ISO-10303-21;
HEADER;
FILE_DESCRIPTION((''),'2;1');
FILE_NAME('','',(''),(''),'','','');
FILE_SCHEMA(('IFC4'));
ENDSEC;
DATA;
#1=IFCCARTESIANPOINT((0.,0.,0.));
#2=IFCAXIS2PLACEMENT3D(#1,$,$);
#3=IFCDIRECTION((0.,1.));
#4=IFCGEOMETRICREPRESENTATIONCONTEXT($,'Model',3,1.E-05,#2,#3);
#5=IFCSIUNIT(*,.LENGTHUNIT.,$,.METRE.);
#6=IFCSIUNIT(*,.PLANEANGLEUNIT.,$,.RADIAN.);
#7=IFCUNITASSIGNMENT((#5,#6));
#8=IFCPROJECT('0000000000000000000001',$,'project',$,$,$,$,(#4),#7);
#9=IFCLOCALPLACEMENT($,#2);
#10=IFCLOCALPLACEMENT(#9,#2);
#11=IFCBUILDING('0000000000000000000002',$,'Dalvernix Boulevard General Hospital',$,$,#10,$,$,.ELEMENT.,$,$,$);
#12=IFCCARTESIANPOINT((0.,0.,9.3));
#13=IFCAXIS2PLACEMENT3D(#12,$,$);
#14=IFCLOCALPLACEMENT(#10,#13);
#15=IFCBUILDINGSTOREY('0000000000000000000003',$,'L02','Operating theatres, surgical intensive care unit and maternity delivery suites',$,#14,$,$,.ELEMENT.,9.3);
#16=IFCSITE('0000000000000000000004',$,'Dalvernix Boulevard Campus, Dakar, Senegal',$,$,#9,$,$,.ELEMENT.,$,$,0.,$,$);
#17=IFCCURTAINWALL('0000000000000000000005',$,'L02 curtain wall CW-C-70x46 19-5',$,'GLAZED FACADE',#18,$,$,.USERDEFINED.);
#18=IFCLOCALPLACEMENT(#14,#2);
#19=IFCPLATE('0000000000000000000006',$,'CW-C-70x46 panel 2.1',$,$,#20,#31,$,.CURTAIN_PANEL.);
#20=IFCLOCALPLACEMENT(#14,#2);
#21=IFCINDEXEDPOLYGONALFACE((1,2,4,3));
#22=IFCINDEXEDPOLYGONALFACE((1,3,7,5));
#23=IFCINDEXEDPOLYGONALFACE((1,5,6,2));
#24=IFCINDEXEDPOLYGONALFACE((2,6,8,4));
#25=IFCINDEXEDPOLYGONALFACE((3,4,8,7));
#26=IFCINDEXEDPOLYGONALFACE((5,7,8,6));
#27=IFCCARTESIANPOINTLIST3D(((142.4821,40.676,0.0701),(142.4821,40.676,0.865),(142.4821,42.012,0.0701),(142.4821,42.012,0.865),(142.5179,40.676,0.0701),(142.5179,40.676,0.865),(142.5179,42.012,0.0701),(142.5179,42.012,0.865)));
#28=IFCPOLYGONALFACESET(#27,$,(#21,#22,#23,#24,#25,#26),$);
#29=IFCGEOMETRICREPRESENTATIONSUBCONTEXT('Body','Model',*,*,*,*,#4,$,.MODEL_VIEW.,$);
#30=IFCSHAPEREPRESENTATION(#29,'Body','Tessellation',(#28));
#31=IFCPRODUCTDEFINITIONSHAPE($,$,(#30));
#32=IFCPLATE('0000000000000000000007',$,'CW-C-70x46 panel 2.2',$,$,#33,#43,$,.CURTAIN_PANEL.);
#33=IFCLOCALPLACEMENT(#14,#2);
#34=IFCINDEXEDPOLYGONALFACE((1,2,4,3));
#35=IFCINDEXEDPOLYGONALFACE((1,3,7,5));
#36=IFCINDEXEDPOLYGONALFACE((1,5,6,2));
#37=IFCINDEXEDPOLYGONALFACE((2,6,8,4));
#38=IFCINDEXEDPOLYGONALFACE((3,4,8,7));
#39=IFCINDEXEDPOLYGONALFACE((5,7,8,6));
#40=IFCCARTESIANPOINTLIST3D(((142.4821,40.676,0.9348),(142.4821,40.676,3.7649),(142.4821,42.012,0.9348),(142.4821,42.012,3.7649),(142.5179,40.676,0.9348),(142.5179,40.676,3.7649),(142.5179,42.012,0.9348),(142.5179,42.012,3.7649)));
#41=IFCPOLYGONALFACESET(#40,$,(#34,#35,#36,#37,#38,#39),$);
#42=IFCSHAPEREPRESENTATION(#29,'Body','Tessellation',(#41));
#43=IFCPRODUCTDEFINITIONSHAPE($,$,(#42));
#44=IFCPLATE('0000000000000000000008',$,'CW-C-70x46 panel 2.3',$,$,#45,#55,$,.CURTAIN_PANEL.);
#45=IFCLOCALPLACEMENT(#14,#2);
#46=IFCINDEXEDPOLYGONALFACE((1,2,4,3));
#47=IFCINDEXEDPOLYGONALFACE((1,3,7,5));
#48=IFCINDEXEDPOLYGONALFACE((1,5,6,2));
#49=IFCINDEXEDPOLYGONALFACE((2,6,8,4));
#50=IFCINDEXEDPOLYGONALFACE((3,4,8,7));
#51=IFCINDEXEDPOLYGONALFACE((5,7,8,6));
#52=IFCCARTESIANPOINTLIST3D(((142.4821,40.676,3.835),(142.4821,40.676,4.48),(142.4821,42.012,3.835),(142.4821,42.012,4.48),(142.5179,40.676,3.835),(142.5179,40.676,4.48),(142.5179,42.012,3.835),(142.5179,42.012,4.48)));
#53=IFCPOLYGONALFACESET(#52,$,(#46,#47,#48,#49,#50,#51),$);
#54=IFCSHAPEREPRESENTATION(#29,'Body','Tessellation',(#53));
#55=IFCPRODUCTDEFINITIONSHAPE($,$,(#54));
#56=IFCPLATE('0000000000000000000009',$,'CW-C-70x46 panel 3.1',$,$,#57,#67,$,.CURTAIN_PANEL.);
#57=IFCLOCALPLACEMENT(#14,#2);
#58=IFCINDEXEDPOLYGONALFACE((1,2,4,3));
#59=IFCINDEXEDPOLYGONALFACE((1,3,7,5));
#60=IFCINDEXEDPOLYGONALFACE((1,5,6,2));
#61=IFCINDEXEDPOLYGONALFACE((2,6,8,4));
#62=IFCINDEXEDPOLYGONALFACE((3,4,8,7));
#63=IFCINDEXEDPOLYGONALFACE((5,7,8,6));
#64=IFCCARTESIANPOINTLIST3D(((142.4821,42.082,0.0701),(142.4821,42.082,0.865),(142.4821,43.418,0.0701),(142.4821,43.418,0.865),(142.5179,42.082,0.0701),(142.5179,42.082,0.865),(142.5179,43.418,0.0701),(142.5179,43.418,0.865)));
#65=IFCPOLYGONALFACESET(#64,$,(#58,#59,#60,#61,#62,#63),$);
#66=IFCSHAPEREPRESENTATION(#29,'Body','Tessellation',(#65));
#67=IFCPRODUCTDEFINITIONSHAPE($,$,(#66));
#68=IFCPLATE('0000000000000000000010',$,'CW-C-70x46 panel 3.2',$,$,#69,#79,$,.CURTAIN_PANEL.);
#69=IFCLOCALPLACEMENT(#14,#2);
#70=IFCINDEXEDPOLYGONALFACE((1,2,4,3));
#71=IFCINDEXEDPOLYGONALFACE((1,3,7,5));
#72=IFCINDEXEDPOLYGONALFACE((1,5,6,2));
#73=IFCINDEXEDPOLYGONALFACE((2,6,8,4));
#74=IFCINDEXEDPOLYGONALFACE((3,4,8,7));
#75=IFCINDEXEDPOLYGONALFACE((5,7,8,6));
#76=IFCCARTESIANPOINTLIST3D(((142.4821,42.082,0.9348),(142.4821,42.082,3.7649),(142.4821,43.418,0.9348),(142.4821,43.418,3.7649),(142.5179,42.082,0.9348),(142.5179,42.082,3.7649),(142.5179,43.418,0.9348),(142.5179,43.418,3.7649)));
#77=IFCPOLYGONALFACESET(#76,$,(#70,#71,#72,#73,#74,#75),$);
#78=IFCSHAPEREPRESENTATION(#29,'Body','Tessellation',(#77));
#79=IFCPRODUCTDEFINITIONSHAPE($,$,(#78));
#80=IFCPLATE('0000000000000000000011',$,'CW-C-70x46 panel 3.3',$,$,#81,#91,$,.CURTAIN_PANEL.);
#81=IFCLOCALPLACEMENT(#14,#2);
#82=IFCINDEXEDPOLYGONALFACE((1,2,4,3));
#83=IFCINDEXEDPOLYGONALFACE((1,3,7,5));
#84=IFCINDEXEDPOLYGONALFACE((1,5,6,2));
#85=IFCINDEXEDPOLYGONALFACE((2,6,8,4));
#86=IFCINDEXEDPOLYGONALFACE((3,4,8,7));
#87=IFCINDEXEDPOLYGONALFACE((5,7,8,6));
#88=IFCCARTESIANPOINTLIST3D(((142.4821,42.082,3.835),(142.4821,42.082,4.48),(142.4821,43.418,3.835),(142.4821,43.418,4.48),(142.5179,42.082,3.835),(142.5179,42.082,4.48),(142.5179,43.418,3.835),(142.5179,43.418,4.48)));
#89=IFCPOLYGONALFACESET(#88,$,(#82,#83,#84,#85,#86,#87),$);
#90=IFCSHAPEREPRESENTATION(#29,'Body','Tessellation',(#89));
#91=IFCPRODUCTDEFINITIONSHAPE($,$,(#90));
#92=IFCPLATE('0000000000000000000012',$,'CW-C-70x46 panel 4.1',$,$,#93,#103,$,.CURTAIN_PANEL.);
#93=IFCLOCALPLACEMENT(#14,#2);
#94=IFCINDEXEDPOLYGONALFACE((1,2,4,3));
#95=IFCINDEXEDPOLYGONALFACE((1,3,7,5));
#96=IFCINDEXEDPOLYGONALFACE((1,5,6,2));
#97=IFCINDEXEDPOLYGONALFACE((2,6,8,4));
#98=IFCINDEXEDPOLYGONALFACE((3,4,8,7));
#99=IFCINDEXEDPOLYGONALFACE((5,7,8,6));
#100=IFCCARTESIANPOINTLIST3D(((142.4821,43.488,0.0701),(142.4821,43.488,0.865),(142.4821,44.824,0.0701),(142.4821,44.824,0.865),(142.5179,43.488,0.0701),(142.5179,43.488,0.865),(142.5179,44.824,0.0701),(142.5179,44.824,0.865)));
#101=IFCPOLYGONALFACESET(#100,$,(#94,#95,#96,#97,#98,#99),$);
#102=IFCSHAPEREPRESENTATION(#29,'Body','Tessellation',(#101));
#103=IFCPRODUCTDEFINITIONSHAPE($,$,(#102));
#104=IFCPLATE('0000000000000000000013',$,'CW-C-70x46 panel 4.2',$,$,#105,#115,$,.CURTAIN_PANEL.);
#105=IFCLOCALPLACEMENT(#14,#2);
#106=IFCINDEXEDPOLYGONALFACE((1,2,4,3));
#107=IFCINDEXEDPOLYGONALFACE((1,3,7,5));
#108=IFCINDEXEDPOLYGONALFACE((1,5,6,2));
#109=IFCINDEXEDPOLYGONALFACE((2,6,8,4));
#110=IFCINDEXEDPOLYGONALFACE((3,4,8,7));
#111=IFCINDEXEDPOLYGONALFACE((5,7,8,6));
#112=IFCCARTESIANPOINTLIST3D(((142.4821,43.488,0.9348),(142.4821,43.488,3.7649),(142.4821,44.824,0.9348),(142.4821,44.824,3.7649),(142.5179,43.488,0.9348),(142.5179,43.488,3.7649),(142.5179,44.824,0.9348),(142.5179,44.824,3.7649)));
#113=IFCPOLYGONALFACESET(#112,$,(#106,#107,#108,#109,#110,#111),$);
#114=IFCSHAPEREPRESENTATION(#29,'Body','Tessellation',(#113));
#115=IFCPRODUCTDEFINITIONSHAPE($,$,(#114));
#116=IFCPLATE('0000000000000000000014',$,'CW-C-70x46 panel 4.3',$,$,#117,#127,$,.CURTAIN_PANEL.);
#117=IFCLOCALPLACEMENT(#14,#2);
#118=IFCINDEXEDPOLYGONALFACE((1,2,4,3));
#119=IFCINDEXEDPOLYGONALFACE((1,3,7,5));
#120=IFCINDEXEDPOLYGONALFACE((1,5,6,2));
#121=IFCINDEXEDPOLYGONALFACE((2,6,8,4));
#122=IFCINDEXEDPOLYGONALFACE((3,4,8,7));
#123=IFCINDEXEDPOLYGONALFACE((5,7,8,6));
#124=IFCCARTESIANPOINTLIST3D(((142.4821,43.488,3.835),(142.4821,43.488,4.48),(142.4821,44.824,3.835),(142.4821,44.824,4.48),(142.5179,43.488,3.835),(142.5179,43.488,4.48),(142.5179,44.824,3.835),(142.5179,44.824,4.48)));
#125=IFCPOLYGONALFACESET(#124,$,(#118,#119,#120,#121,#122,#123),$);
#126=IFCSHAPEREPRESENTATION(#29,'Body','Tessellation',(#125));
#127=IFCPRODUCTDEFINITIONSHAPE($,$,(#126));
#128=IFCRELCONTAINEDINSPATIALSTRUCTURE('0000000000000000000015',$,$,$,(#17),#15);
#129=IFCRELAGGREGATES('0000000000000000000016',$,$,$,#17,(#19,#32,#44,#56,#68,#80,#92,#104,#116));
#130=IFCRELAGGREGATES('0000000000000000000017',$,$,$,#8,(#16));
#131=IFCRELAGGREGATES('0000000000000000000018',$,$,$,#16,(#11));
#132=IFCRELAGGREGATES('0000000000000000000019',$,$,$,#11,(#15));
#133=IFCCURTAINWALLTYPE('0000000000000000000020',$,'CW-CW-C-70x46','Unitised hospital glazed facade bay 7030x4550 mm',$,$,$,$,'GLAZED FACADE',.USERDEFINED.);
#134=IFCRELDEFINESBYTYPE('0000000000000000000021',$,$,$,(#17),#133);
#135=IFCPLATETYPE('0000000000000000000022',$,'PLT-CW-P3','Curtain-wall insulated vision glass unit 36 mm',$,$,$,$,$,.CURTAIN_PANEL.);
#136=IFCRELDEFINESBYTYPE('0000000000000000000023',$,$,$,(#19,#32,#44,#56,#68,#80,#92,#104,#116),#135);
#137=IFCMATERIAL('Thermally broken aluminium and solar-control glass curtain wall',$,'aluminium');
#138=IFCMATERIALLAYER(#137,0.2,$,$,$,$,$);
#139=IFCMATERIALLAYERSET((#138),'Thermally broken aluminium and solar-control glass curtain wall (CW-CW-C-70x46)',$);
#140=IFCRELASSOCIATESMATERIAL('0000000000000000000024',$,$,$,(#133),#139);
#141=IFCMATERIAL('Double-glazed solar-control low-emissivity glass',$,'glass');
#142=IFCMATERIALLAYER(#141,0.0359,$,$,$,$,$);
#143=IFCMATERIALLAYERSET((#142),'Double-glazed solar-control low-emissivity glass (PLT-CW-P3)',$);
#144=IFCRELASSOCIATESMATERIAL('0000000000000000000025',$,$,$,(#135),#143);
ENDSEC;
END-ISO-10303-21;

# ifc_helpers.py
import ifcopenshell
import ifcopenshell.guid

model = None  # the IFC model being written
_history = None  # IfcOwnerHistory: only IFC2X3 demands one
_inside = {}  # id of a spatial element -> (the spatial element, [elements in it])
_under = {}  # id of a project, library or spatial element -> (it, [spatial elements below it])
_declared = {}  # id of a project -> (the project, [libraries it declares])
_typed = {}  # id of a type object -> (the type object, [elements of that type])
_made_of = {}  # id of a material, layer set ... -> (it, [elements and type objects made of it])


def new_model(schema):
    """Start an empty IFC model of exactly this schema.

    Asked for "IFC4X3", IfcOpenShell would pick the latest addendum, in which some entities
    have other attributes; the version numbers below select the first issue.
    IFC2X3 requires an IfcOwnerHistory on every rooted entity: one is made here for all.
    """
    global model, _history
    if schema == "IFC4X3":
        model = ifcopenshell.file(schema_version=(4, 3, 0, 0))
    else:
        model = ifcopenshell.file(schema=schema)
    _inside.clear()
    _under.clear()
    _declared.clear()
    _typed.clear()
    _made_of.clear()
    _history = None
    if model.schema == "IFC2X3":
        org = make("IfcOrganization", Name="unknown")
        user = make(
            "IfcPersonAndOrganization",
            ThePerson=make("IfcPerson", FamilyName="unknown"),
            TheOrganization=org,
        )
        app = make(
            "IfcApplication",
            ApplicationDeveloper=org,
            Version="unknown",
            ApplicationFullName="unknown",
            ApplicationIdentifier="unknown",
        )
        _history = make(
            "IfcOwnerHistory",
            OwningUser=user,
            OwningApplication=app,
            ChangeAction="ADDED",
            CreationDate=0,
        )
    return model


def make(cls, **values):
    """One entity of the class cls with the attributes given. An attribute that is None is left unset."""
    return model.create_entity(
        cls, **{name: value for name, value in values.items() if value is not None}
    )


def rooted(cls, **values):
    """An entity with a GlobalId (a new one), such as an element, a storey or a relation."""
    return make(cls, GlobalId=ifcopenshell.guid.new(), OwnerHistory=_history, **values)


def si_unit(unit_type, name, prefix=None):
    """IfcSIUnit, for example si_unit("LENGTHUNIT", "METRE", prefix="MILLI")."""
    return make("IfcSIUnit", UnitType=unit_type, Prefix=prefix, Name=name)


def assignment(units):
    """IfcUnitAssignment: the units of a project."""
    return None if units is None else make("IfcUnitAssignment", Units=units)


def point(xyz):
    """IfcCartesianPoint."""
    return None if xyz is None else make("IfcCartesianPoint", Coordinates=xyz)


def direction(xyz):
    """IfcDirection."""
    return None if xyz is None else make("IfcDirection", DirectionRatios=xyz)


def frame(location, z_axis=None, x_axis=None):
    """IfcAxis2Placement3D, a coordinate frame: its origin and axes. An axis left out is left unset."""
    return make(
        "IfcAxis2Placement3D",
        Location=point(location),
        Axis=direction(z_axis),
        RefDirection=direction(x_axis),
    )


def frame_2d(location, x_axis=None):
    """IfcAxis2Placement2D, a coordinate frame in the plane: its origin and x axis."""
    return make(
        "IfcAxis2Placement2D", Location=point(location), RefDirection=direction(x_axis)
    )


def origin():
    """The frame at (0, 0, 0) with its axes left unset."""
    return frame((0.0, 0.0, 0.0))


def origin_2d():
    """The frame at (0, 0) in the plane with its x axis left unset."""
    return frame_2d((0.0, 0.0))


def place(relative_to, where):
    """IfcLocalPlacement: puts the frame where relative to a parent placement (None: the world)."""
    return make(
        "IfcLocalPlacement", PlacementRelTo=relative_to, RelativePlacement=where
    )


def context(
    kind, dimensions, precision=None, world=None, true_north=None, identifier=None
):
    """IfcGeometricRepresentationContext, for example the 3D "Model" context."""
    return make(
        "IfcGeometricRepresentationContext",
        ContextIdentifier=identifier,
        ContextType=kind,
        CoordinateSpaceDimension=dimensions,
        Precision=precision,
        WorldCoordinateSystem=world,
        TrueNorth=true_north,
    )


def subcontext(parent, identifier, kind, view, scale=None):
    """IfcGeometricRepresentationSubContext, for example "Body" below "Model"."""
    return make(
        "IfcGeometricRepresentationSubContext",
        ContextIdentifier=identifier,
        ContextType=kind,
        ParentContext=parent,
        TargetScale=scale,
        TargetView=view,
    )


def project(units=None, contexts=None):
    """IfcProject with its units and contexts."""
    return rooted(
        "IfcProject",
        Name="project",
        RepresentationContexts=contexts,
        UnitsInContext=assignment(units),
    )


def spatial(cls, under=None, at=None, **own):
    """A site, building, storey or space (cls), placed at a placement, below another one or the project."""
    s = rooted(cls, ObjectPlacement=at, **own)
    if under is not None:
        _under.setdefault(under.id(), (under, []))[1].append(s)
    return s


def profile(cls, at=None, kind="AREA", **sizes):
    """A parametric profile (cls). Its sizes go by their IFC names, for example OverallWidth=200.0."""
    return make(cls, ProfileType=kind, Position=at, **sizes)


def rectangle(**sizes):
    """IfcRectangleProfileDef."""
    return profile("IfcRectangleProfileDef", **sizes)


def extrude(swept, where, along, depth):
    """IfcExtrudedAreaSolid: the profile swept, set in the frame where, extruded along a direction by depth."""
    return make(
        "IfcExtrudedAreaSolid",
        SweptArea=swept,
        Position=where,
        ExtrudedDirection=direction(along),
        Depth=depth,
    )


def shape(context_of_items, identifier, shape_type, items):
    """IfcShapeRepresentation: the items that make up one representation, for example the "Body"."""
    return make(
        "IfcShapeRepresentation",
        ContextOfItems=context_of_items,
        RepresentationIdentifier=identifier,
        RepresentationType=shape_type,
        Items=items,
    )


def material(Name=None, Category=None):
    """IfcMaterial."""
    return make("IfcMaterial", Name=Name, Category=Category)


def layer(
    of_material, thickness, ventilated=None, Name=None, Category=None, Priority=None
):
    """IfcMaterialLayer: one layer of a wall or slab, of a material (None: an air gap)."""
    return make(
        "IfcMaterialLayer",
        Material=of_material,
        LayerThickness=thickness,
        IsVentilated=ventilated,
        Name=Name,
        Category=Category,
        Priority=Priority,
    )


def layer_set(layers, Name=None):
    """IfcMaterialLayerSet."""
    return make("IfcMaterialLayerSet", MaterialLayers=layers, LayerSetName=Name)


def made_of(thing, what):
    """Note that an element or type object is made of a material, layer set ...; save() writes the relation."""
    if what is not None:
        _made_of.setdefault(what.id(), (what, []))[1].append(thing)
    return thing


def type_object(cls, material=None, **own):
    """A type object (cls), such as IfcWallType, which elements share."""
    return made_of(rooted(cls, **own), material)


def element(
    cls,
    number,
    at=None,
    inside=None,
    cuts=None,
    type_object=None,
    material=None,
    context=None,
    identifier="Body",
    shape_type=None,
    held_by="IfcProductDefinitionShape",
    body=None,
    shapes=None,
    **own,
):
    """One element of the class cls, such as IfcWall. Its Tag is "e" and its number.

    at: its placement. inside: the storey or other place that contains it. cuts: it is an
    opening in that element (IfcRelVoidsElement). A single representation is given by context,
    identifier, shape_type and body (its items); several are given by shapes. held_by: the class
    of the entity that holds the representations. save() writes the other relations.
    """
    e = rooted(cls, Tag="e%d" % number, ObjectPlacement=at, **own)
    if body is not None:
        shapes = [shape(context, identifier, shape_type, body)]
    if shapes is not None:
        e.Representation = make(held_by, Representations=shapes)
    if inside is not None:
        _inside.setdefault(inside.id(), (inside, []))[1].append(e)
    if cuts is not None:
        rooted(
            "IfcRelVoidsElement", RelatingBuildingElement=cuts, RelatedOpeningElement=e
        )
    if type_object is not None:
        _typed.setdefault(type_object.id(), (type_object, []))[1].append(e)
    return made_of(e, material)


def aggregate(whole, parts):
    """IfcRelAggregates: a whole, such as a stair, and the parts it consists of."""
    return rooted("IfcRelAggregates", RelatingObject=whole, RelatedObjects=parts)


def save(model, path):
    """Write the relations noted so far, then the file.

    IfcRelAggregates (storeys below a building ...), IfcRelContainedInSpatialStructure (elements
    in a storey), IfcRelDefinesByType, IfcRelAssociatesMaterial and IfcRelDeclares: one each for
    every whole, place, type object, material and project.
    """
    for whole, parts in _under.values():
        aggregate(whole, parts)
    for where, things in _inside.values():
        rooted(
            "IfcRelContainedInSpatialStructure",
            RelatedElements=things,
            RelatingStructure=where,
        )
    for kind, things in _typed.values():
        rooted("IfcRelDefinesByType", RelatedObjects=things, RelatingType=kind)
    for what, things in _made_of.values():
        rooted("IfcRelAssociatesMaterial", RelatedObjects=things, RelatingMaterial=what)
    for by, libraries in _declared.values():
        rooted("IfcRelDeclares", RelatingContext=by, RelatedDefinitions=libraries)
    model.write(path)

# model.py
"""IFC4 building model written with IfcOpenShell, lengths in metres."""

from ifc_helpers import new_model, si_unit, direction, frame, origin, origin_2d, place, context, subcontext, project, spatial, rectangle, extrude, material, layer, layer_set, type_object, element, aggregate, save


model = new_model("IFC4")

# Units and contexts
model_context = context("Model", 3, precision=1e-05, world=origin(), true_north=direction((0.0, 1.0)))
body_context = subcontext(model_context, "Body", "Model", "MODEL_VIEW")
ifc_project = project(units=[si_unit("LENGTHUNIT", "METRE"), si_unit("PLANEANGLEUNIT", "RADIAN")], contexts=[model_context])

# Site, building, storey
site_placement = place(None, origin())
site = spatial("IfcSite", under=ifc_project, at=site_placement, Name="Dalvernix Boulevard Campus, Dakar, Senegal", CompositionType="ELEMENT", RefElevation=0.0)
building_placement = place(site_placement, origin())
building = spatial("IfcBuilding", under=site, at=building_placement, Name="Dalvernix Boulevard General Hospital", CompositionType="ELEMENT")
storey_placement = place(building_placement, frame((0.0, 0.0, 9.3)))
storey = spatial("IfcBuildingStorey", under=building, at=storey_placement, Name="L02", Description="Operating theatres, surgical intensive care unit and maternity delivery suites", CompositionType="ELEMENT", Elevation=9.3)

# Curtain wall, plates
ifc_material_1 = material(Name="Thermally broken aluminium and solar-control glass curtain wall", Category="aluminium")
ifc_layer_1 = layer(ifc_material_1, 0.2)
ifc_layer_set_1 = layer_set([ifc_layer_1], Name="Thermally broken aluminium and solar-control glass curtain wall (CW-CW-C-70x46)")
curtain_wall_type = type_object("IfcCurtainWallType", Name="CW-CW-C-70x46", Description="Unitised hospital glazed facade bay 7030x4550 mm", ElementType="GLAZED FACADE", PredefinedType="USERDEFINED", material=ifc_layer_set_1)
curtain_wall_placement = place(storey_placement, origin())
curtain_wall = element("IfcCurtainWall", 1, at=curtain_wall_placement, inside=storey, type_object=curtain_wall_type, Name="L02 curtain wall CW-C-70x46 19-5", ObjectType="GLAZED FACADE", PredefinedType="USERDEFINED")
ifc_material_2 = material(Name="Double-glazed solar-control low-emissivity glass", Category="glass")
ifc_layer_2 = layer(ifc_material_2, 0.0359)
ifc_layer_set_2 = layer_set([ifc_layer_2], Name="Double-glazed solar-control low-emissivity glass (PLT-CW-P3)")
plate_type = type_object("IfcPlateType", Name="PLT-CW-P3", Description="Curtain-wall insulated vision glass unit 36 mm", PredefinedType="CURTAIN_PANEL", material=ifc_layer_set_2)
plate_1_placement = place(storey_placement, frame((142.5, 41.344, 0.0701), z_axis=(0.0, 0.0, 1.0), x_axis=(0.0, 1.0, 0.0)))
plate_1 = element("IfcPlate", 2, at=plate_1_placement, type_object=plate_type, Name="CW-C-70x46 panel 2.1", PredefinedType="CURTAIN_PANEL", context=body_context, shape_type="SweptSolid", body=[
    extrude(rectangle(XDim=1.3359, YDim=0.0359, at=origin_2d()), origin(), (0.0, 0.0, 1.0), 0.7949),
])
plate_2_placement = place(storey_placement, frame((142.5, 41.344, 0.9348), z_axis=(0.0, 0.0, 1.0), x_axis=(0.0, 1.0, 0.0)))
plate_2 = element("IfcPlate", 3, at=plate_2_placement, type_object=plate_type, Name="CW-C-70x46 panel 2.2", PredefinedType="CURTAIN_PANEL", context=body_context, shape_type="SweptSolid", body=[
    extrude(rectangle(XDim=1.3359, YDim=0.0359, at=origin_2d()), origin(), (0.0, 0.0, 1.0), 2.8301),
])
plate_3_placement = place(storey_placement, frame((142.5, 41.344, 3.835), z_axis=(0.0, 0.0, 1.0), x_axis=(0.0, 1.0, 0.0)))
plate_3 = element("IfcPlate", 4, at=plate_3_placement, type_object=plate_type, Name="CW-C-70x46 panel 2.3", PredefinedType="CURTAIN_PANEL", context=body_context, shape_type="SweptSolid", body=[
    extrude(rectangle(XDim=1.3359, YDim=0.0359, at=origin_2d()), origin(), (0.0, 0.0, 1.0), 0.645),
])
plate_4_placement = place(storey_placement, frame((142.5, 42.75, 0.0701), z_axis=(0.0, 0.0, 1.0), x_axis=(0.0, 1.0, 0.0)))
plate_4 = element("IfcPlate", 5, at=plate_4_placement, type_object=plate_type, Name="CW-C-70x46 panel 3.1", PredefinedType="CURTAIN_PANEL", context=body_context, shape_type="SweptSolid", body=[
    extrude(rectangle(XDim=1.3359, YDim=0.0359, at=origin_2d()), origin(), (0.0, 0.0, 1.0), 0.7949),
])
plate_5_placement = place(storey_placement, frame((142.5, 42.75, 0.9348), z_axis=(0.0, 0.0, 1.0), x_axis=(0.0, 1.0, 0.0)))
plate_5 = element("IfcPlate", 6, at=plate_5_placement, type_object=plate_type, Name="CW-C-70x46 panel 3.2", PredefinedType="CURTAIN_PANEL", context=body_context, shape_type="SweptSolid", body=[
    extrude(rectangle(XDim=1.3359, YDim=0.0359, at=origin_2d()), origin(), (0.0, 0.0, 1.0), 2.8301),
])
plate_6_placement = place(storey_placement, frame((142.5, 42.75, 3.835), z_axis=(0.0, 0.0, 1.0), x_axis=(0.0, 1.0, 0.0)))
plate_6 = element("IfcPlate", 7, at=plate_6_placement, type_object=plate_type, Name="CW-C-70x46 panel 3.3", PredefinedType="CURTAIN_PANEL", context=body_context, shape_type="SweptSolid", body=[
    extrude(rectangle(XDim=1.3359, YDim=0.0359, at=origin_2d()), origin(), (0.0, 0.0, 1.0), 0.645),
])
plate_7_placement = place(storey_placement, frame((142.5, 44.156, 0.0701), z_axis=(0.0, 0.0, 1.0), x_axis=(0.0, 1.0, 0.0)))
plate_7 = element("IfcPlate", 8, at=plate_7_placement, type_object=plate_type, Name="CW-C-70x46 panel 4.1", PredefinedType="CURTAIN_PANEL", context=body_context, shape_type="SweptSolid", body=[
    extrude(rectangle(XDim=1.3359, YDim=0.0359, at=origin_2d()), origin(), (0.0, 0.0, 1.0), 0.7949),
])
plate_8_placement = place(storey_placement, frame((142.5, 44.156, 0.9348), z_axis=(0.0, 0.0, 1.0), x_axis=(0.0, 1.0, 0.0)))
plate_8 = element("IfcPlate", 9, at=plate_8_placement, type_object=plate_type, Name="CW-C-70x46 panel 4.2", PredefinedType="CURTAIN_PANEL", context=body_context, shape_type="SweptSolid", body=[
    extrude(rectangle(XDim=1.3359, YDim=0.0359, at=origin_2d()), origin(), (0.0, 0.0, 1.0), 2.8301),
])
plate_9_placement = place(storey_placement, frame((142.5, 44.156, 3.835), z_axis=(0.0, 0.0, 1.0), x_axis=(0.0, 1.0, 0.0)))
plate_9 = element("IfcPlate", 10, at=plate_9_placement, type_object=plate_type, Name="CW-C-70x46 panel 4.3", PredefinedType="CURTAIN_PANEL", context=body_context, shape_type="SweptSolid", body=[
    extrude(rectangle(XDim=1.3359, YDim=0.0359, at=origin_2d()), origin(), (0.0, 0.0, 1.0), 0.645),
])
aggregate(curtain_wall, [plate_1, plate_2, plate_3, plate_4, plate_5, plate_6, plate_7, plate_8, plate_9])

save(model, "model.ifc")
